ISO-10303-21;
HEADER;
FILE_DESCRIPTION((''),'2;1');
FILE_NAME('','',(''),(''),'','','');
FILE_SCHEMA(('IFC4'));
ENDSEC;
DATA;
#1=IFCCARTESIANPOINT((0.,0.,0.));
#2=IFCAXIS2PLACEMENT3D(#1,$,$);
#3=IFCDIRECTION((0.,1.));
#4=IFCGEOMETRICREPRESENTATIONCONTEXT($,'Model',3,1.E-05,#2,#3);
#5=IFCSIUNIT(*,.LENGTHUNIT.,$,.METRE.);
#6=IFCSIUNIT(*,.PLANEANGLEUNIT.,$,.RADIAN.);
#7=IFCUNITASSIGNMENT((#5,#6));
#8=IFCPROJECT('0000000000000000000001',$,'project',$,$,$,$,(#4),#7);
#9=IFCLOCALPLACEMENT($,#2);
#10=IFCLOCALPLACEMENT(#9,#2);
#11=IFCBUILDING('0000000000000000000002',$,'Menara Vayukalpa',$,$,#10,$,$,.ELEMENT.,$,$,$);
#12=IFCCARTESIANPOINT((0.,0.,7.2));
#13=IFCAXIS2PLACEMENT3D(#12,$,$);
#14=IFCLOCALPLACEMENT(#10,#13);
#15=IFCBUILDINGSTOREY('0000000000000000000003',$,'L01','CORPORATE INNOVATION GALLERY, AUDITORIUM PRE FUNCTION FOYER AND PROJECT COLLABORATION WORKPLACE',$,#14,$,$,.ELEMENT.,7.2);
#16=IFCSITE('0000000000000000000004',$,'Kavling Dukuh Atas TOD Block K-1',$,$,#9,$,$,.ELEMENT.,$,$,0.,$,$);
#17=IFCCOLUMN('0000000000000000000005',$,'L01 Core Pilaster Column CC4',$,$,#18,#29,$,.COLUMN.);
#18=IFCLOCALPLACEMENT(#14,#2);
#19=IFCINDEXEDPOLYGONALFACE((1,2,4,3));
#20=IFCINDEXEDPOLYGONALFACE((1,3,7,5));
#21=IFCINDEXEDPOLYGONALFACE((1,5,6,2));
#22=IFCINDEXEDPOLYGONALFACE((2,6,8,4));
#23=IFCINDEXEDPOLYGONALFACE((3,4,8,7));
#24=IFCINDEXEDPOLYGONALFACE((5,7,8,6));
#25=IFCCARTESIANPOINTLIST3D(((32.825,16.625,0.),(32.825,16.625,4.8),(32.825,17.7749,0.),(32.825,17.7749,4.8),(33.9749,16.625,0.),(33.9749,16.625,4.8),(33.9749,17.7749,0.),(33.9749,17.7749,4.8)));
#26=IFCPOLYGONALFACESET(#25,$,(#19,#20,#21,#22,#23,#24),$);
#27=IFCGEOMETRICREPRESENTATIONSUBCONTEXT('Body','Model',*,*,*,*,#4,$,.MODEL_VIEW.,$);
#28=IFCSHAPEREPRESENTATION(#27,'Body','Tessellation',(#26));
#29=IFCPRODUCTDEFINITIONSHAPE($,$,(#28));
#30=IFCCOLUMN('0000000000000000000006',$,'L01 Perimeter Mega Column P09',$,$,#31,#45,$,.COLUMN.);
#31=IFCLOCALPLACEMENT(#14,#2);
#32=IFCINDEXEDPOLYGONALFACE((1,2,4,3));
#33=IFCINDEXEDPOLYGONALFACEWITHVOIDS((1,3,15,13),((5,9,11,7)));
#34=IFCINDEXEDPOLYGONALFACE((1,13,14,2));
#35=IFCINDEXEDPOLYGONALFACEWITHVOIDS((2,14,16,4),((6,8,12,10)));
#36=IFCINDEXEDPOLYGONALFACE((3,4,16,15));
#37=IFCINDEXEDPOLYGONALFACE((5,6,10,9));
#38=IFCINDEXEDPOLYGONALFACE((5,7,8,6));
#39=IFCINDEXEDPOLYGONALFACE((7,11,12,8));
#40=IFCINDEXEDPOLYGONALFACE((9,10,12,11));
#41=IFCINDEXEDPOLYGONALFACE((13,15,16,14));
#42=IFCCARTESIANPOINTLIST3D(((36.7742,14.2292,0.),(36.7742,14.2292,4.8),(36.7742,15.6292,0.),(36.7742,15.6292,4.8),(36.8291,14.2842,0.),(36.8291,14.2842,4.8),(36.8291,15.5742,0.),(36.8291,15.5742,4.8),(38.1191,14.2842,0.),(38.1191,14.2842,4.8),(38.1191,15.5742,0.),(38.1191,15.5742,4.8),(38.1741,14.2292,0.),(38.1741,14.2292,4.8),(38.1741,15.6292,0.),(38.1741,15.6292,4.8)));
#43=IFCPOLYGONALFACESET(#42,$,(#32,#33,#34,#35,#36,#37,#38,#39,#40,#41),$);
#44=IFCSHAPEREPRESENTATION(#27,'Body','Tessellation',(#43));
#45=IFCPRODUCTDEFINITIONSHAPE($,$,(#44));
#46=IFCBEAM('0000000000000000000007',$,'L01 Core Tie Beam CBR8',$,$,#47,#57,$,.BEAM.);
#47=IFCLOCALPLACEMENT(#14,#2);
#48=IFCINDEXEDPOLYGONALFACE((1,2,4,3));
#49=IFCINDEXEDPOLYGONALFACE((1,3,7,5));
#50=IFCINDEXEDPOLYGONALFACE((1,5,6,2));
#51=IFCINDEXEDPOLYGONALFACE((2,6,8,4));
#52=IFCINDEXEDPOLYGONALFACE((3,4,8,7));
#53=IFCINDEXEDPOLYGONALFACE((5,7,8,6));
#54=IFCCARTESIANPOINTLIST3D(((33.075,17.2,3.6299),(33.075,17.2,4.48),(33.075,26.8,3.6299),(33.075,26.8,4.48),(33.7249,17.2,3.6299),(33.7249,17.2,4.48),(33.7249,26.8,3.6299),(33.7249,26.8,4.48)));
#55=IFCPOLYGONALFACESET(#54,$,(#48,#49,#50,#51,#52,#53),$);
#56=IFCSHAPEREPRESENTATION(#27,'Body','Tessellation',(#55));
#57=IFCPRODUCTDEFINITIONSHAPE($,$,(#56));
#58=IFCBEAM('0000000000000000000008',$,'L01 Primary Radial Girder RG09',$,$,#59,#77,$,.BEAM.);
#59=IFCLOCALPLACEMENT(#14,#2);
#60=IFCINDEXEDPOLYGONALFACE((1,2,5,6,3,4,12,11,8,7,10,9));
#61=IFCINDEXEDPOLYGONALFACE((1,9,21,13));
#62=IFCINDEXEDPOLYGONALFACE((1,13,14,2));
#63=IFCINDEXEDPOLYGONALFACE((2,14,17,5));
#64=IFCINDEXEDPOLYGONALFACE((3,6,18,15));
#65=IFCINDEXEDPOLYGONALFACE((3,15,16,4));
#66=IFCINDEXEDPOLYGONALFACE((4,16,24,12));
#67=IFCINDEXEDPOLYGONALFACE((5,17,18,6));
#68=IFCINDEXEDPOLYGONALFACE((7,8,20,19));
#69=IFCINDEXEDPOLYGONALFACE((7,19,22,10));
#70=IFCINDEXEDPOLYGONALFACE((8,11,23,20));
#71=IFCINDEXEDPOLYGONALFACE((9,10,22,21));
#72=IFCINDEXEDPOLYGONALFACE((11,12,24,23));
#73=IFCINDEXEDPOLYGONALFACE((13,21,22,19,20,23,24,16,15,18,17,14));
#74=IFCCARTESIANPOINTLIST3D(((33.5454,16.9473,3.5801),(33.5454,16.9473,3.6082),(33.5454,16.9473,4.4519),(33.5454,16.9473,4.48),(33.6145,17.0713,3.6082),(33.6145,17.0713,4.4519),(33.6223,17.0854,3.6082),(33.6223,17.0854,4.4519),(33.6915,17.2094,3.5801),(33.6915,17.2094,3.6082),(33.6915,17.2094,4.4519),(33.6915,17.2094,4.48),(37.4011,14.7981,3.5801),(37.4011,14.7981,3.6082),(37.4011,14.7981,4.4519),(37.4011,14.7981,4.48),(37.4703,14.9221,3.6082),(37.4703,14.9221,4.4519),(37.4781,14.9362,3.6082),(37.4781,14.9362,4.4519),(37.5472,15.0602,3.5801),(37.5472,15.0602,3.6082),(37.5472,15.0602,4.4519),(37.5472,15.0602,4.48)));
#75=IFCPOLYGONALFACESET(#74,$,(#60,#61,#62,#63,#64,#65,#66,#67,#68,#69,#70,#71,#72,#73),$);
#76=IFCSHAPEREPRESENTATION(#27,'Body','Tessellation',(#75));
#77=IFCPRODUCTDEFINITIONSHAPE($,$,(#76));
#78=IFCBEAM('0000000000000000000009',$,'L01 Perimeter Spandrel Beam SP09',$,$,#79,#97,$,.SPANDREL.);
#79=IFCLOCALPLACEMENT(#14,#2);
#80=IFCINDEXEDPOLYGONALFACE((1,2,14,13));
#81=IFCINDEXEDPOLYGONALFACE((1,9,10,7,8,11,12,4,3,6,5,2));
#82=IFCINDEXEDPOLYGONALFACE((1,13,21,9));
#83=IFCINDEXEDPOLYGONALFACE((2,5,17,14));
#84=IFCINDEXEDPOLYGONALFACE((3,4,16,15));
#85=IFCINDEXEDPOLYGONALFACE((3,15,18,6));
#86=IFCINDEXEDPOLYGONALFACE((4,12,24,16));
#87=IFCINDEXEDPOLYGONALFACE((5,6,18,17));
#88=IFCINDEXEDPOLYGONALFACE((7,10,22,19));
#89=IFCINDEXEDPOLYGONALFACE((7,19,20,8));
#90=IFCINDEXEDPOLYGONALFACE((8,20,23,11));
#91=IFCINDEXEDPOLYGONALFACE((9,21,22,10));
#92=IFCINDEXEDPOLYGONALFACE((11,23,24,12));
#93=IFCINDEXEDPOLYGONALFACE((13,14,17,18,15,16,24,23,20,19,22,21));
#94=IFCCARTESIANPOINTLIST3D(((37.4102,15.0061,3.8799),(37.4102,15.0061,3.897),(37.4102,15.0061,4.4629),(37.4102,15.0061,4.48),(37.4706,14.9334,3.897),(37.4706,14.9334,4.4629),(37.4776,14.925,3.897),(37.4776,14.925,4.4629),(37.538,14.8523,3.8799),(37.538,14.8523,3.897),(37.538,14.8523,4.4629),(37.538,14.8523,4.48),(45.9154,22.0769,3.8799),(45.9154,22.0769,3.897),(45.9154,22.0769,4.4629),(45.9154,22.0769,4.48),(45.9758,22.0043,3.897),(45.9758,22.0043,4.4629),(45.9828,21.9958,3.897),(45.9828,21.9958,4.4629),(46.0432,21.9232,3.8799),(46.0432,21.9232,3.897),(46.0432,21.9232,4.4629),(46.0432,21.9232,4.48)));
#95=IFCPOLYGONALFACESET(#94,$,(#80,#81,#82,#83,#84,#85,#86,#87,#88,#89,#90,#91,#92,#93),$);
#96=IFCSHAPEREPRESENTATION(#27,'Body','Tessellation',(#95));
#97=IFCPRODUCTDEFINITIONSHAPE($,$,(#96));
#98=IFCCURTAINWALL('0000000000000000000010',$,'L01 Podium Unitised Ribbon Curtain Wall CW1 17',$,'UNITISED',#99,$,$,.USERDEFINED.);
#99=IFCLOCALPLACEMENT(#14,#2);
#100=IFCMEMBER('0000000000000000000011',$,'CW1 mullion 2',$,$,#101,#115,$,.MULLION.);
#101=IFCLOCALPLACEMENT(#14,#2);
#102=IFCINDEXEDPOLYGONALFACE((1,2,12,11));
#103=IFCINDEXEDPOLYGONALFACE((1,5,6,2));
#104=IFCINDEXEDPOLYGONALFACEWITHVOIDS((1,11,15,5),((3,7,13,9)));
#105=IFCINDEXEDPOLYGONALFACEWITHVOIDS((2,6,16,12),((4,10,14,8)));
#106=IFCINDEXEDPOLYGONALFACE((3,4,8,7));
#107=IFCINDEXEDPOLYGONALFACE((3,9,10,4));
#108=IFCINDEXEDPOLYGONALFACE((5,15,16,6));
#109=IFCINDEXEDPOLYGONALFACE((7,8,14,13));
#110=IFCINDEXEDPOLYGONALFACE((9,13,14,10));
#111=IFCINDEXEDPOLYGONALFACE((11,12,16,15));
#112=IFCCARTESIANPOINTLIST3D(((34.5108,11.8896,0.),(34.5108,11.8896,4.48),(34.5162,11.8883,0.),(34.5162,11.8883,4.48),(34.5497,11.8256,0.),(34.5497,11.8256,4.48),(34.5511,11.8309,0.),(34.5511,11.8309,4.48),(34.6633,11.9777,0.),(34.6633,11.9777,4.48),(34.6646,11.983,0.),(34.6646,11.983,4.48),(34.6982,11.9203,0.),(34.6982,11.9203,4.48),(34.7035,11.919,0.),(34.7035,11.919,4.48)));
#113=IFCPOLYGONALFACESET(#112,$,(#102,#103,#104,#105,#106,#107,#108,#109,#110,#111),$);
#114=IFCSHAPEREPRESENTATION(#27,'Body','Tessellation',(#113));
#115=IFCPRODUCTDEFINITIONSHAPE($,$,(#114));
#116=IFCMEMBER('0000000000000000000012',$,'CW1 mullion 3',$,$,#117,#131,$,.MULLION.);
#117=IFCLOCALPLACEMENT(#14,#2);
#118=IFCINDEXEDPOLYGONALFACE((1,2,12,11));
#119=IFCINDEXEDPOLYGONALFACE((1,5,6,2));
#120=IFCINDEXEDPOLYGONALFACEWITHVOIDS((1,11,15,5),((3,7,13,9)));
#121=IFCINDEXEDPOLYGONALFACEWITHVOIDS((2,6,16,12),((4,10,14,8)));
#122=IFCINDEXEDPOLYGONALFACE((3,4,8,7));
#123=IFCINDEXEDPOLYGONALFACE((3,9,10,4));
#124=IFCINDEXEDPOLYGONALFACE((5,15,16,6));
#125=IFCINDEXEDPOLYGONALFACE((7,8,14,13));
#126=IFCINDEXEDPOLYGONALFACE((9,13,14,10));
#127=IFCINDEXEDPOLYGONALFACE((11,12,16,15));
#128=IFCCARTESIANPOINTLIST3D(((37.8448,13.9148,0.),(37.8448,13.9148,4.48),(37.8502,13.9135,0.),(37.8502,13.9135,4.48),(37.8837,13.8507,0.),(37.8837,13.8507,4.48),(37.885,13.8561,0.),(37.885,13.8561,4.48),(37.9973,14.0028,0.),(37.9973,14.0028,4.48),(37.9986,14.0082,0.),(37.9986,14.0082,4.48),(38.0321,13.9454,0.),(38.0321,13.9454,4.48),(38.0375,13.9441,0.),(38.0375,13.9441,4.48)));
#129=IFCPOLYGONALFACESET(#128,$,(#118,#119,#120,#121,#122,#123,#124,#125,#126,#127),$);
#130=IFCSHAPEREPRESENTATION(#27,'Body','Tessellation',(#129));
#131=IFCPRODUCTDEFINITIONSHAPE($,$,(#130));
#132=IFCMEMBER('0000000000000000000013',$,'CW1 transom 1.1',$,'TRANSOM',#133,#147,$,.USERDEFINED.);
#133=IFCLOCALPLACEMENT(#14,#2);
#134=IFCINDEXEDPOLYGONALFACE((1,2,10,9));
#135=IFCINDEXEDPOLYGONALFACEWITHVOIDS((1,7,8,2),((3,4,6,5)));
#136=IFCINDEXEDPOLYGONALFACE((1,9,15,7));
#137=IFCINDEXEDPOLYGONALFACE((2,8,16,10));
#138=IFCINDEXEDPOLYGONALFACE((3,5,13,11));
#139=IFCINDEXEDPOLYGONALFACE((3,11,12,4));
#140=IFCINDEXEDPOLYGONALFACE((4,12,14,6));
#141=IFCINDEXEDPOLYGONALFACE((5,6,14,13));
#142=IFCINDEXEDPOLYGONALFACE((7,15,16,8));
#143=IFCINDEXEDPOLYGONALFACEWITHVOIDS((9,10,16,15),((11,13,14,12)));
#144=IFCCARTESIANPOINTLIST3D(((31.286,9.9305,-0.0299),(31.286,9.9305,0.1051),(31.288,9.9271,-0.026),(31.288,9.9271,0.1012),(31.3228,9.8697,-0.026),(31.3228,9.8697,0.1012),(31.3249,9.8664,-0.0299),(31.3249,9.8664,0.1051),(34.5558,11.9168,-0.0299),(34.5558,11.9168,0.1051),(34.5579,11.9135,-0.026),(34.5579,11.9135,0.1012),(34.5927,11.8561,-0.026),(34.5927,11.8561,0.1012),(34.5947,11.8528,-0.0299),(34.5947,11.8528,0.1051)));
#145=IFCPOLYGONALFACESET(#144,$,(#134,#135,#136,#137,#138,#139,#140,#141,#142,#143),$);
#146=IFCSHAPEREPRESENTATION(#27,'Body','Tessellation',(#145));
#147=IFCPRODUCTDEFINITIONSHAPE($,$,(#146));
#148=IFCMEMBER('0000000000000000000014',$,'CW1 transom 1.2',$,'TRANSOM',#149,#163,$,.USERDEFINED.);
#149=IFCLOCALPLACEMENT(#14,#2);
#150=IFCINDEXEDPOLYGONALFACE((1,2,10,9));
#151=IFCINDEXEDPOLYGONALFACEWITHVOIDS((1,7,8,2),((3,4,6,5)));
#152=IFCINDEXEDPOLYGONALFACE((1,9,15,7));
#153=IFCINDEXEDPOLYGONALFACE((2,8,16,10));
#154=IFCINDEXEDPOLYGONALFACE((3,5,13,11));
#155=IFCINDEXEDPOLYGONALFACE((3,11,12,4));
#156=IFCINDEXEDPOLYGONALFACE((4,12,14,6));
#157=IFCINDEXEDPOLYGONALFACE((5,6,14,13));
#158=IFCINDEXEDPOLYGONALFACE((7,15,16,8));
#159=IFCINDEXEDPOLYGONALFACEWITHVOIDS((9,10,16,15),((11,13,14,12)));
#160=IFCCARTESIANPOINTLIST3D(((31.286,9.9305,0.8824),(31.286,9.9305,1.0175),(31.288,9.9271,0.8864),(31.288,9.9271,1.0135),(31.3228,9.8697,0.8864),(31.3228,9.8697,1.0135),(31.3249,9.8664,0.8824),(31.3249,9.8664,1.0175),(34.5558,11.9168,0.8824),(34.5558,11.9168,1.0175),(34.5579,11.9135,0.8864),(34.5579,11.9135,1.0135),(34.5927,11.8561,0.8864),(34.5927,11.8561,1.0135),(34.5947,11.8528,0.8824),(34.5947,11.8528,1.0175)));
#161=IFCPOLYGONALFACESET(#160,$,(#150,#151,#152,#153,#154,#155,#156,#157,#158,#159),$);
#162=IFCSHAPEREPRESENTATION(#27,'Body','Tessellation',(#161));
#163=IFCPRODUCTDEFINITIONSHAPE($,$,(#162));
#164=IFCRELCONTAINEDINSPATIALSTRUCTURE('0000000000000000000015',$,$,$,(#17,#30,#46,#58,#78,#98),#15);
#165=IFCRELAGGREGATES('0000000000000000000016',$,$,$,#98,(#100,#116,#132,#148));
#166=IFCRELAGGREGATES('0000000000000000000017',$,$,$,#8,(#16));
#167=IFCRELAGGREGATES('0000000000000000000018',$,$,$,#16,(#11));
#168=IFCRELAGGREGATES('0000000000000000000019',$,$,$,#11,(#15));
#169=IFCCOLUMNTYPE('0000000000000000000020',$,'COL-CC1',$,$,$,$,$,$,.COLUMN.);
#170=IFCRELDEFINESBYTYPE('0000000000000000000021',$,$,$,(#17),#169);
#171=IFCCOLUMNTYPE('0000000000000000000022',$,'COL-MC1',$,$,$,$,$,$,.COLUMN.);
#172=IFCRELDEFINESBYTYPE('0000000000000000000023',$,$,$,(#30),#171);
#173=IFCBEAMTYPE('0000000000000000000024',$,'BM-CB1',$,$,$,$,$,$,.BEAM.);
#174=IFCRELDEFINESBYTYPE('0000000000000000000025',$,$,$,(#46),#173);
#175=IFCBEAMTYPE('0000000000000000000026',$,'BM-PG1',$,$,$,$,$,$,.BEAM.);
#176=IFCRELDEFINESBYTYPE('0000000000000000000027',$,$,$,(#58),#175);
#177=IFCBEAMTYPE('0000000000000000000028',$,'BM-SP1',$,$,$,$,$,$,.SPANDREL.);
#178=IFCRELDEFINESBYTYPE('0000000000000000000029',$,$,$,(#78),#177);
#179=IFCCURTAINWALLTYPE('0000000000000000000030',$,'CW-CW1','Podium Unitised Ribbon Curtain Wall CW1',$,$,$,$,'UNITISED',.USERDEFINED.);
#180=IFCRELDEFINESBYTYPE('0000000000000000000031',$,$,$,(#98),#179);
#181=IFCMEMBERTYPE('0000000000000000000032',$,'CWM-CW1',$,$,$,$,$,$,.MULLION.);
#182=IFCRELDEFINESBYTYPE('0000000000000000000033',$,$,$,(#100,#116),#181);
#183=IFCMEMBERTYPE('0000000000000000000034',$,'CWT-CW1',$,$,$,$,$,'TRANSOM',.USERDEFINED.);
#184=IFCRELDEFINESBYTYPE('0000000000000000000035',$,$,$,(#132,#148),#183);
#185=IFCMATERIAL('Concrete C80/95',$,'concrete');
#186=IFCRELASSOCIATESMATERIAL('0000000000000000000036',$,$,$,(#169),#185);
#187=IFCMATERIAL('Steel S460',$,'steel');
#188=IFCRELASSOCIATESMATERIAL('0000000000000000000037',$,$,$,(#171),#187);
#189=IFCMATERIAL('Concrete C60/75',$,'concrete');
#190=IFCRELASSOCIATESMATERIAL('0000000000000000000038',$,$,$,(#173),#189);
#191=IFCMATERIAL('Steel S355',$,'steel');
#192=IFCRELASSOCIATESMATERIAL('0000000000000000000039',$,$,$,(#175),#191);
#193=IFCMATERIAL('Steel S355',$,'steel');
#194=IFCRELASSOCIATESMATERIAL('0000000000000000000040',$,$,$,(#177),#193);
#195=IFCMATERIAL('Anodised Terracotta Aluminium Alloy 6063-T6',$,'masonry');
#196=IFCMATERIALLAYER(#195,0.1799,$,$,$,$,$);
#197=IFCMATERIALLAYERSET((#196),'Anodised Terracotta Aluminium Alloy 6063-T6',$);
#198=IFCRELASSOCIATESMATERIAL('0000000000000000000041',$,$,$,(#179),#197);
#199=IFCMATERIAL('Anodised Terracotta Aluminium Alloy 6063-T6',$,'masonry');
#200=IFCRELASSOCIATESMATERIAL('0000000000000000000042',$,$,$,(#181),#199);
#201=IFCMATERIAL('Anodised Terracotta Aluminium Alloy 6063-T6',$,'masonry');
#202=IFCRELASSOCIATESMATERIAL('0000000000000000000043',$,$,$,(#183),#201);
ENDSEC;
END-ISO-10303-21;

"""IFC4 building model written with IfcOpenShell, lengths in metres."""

from ifc_helpers import new_model, si_unit, direction, frame, origin, origin_2d, place, context, subcontext, project, spatial, rectangle, hollow_rectangle, i_section, extrude, material, layer, layer_set, material_profile, profile_set, type_object, element, aggregate, save


model = new_model("IFC4")

# Units and contexts
model_context = context("Model", 3, precision=1e-05, world=origin(), true_north=direction((0.0, 1.0)))
body_context = subcontext(model_context, "Body", "Model", "MODEL_VIEW")
ifc_project = project(units=[si_unit("LENGTHUNIT", "METRE"), si_unit("PLANEANGLEUNIT", "RADIAN")], contexts=[model_context])

# Site, building, storey
site_placement = place(None, origin())
site = spatial("IfcSite", under=ifc_project, at=site_placement, Name="Kavling Dukuh Atas TOD Block K-1", CompositionType="ELEMENT", RefElevation=0.0)
building_placement = place(site_placement, origin())
building = spatial("IfcBuilding", under=site, at=building_placement, Name="Menara Vayukalpa", CompositionType="ELEMENT")
storey_placement = place(building_placement, frame((0.0, 0.0, 7.2)))
storey = spatial("IfcBuildingStorey", under=building, at=storey_placement, Name="L01", Description="CORPORATE INNOVATION GALLERY, AUDITORIUM PRE FUNCTION FOYER AND PROJECT COLLABORATION WORKPLACE", CompositionType="ELEMENT", Elevation=7.2)

# Columns
ifc_material_1 = material(Name="Concrete C80/95", Category="concrete")
ifc_material_profile_1 = material_profile(ifc_material_1, rectangle(XDim=1.1499, YDim=1.1499, at=origin_2d()), Name="RC 1150x1150")
ifc_profile_set_1 = profile_set([ifc_material_profile_1], Name="Concrete C80/95")
column_type_1 = type_object("IfcColumnType", Name="COL-CC1", PredefinedType="COLUMN", material=ifc_profile_set_1)
column_1_placement = place(storey_placement, frame((33.3999, 17.2, 0.0), z_axis=(0.0, 0.0, 1.0), x_axis=(1.0, 0.0, 0.0)))
element("IfcColumn", 1, at=column_1_placement, inside=storey, type_object=column_type_1, Name="L01 Core Pilaster Column CC4", PredefinedType="COLUMN", context=body_context, shape_type="SweptSolid", body=[
    extrude(rectangle(XDim=1.1499, YDim=1.1499, at=origin_2d()), origin(), (0.0, 0.0, 1.0), 4.8),
])
ifc_material_2 = material(Name="Steel S460", Category="steel")
ifc_material_profile_2 = material_profile(ifc_material_2, hollow_rectangle(XDim=1.3999, YDim=1.3999, WallThickness=0.0549, at=origin_2d()), Name="BOX 1400x1400x55")
ifc_profile_set_2 = profile_set([ifc_material_profile_2], Name="Steel S460")
column_type_2 = type_object("IfcColumnType", Name="COL-MC1", PredefinedType="COLUMN", material=ifc_profile_set_2)
column_2_placement = place(storey_placement, frame((37.4741, 14.9292, 0.0), z_axis=(0.0, 0.0, 1.0), x_axis=(1.0, 0.0, 0.0)))
element("IfcColumn", 2, at=column_2_placement, inside=storey, type_object=column_type_2, Name="L01 Perimeter Mega Column P09", PredefinedType="COLUMN", context=body_context, shape_type="SweptSolid", body=[
    extrude(hollow_rectangle(XDim=1.3999, YDim=1.3999, WallThickness=0.0549, at=origin_2d()), origin(), (0.0, 0.0, 1.0), 4.8),
])

# Beams
ifc_material_3 = material(Name="Concrete C60/75", Category="concrete")
ifc_material_profile_3 = material_profile(ifc_material_3, rectangle(XDim=0.6499, YDim=0.8501, at=origin_2d()), Name="RC 650x850")
ifc_profile_set_3 = profile_set([ifc_material_profile_3], Name="Concrete C60/75")
beam_type_1 = type_object("IfcBeamType", Name="BM-CB1", PredefinedType="BEAM", material=ifc_profile_set_3)
beam_1_placement = place(storey_placement, frame((33.3999, 17.2, 4.0549), z_axis=(0.0, 1.0, 0.0), x_axis=(-1.0, 0.0, 0.0)))
element("IfcBeam", 3, at=beam_1_placement, inside=storey, type_object=beam_type_1, Name="L01 Core Tie Beam CBR8", PredefinedType="BEAM", context=body_context, shape_type="SweptSolid", body=[
    extrude(rectangle(XDim=0.6499, YDim=0.8501, at=origin_2d()), origin(), (0.0, 0.0, 1.0), 9.6001),
])
ifc_material_4 = material(Name="Steel S355", Category="steel")
ifc_material_profile_4 = material_profile(ifc_material_4, i_section(OverallWidth=0.3, OverallDepth=0.8999, WebThickness=0.0161, FlangeThickness=0.0281, at=origin_2d()), Name="WF 900x300x16x28")
ifc_profile_set_4 = profile_set([ifc_material_profile_4], Name="Steel S355")
beam_type_2 = type_object("IfcBeamType", Name="BM-PG1", PredefinedType="BEAM", material=ifc_profile_set_4)
beam_2_placement = place(storey_placement, frame((33.6184, 17.0784, 4.03), z_axis=(0.873473, -0.486873, 0.0), x_axis=(0.486873, 0.873473, 0.0)))
element("IfcBeam", 4, at=beam_2_placement, inside=storey, type_object=beam_type_2, Name="L01 Primary Radial Girder RG09", PredefinedType="BEAM", context=body_context, shape_type="SweptSolid", body=[
    extrude(i_section(OverallWidth=0.3, OverallDepth=0.8999, WebThickness=0.0161, FlangeThickness=0.0281, at=origin_2d()), origin(), (0.0, 0.0, 1.0), 4.4143),
])
ifc_material_5 = material(Name="Steel S355", Category="steel")
ifc_material_profile_5 = material_profile(ifc_material_5, i_section(OverallWidth=0.2, OverallDepth=0.6001, WebThickness=0.011, FlangeThickness=0.0171, at=origin_2d()), Name="WF 600x200x11x17")
ifc_profile_set_5 = profile_set([ifc_material_profile_5], Name="Steel S355")
beam_type_3 = type_object("IfcBeamType", Name="BM-SP1", PredefinedType="SPANDREL", material=ifc_profile_set_5)
beam_3_placement = place(storey_placement, frame((37.4741, 14.9292, 4.1799), z_axis=(0.768968, 0.639287, 0.0), x_axis=(-0.639287, 0.768968, 0.0)))
element("IfcBeam", 5, at=beam_3_placement, inside=storey, type_object=beam_type_3, Name="L01 Perimeter Spandrel Beam SP09", PredefinedType="SPANDREL", context=body_context, shape_type="SweptSolid", body=[
    extrude(i_section(OverallWidth=0.2, OverallDepth=0.6001, WebThickness=0.011, FlangeThickness=0.0171, at=origin_2d()), origin(), (0.0, 0.0, 1.0), 11.0605),
])

# Curtain wall, members
ifc_material_6 = material(Name="Anodised Terracotta Aluminium Alloy 6063-T6", Category="masonry")
ifc_layer_1 = layer(ifc_material_6, 0.1799)
ifc_layer_set_1 = layer_set([ifc_layer_1], Name="Anodised Terracotta Aluminium Alloy 6063-T6")
curtain_wall_type = type_object("IfcCurtainWallType", Name="CW-CW1", Description="Podium Unitised Ribbon Curtain Wall CW1", ElementType="UNITISED", PredefinedType="USERDEFINED", material=ifc_layer_set_1)
curtain_wall_placement = place(storey_placement, origin())
curtain_wall = element("IfcCurtainWall", 6, at=curtain_wall_placement, inside=storey, type_object=curtain_wall_type, Name="L01 Podium Unitised Ribbon Curtain Wall CW1 17", ObjectType="UNITISED", PredefinedType="USERDEFINED")
ifc_material_7 = material(Name="Anodised Terracotta Aluminium Alloy 6063-T6", Category="masonry")
ifc_material_profile_6 = material_profile(ifc_material_7, hollow_rectangle(XDim=0.075, YDim=0.1799, WallThickness=0.0039, at=origin_2d()), Name="ALU 75x180x4")
ifc_profile_set_6 = profile_set([ifc_material_profile_6], Name="Anodised Terracotta Aluminium Alloy 6063-T6")
member_type_1 = type_object("IfcMemberType", Name="CWM-CW1", PredefinedType="MULLION", material=ifc_profile_set_6)
member_1_placement = place(storey_placement, frame((34.6072, 11.9043, 0.0), z_axis=(0.0, 0.0, 1.0), x_axis=(-0.51918, 0.854665, 0.0)))
member_1 = element("IfcMember", 7, at=member_1_placement, type_object=member_type_1, Name="CW1 mullion 2", PredefinedType="MULLION", context=body_context, shape_type="SweptSolid", body=[
    extrude(hollow_rectangle(XDim=0.075, YDim=0.1799, WallThickness=0.0039, at=origin_2d()), origin(), (0.0, 0.0, 1.0), 4.48),
])
member_2_placement = place(storey_placement, frame((37.9412, 13.9294, 0.0), z_axis=(0.0, 0.0, 1.0), x_axis=(-0.51918, 0.854665, 0.0)))
member_2 = element("IfcMember", 8, at=member_2_placement, type_object=member_type_1, Name="CW1 mullion 3", PredefinedType="MULLION", context=body_context, shape_type="SweptSolid", body=[
    extrude(hollow_rectangle(XDim=0.075, YDim=0.1799, WallThickness=0.0039, at=origin_2d()), origin(), (0.0, 0.0, 1.0), 4.48),
])
ifc_material_8 = material(Name="Anodised Terracotta Aluminium Alloy 6063-T6", Category="masonry")
ifc_material_profile_7 = material_profile(ifc_material_8, hollow_rectangle(XDim=0.075, YDim=0.135, WallThickness=0.0039, at=origin_2d()), Name="ALU 75x135x4")
ifc_profile_set_7 = profile_set([ifc_material_profile_7], Name="Anodised Terracotta Aluminium Alloy 6063-T6")
member_type_2 = type_object("IfcMemberType", Name="CWT-CW1", ElementType="TRANSOM", PredefinedType="USERDEFINED", material=ifc_profile_set_7)
member_3_placement = place(storey_placement, frame((31.3054, 9.8984, 0.0376), z_axis=(0.854659, 0.51919, 0.0), x_axis=(-0.51919, 0.854659, 0.0)))
member_3 = element("IfcMember", 9, at=member_3_placement, type_object=member_type_2, Name="CW1 transom 1.1", ObjectType="TRANSOM", PredefinedType="USERDEFINED", context=body_context, shape_type="SweptSolid", body=[
    extrude(hollow_rectangle(XDim=0.075, YDim=0.135, WallThickness=0.0039, at=origin_2d()), origin(), (0.0, 0.0, 1.0), 3.8259),
])
member_4_placement = place(storey_placement, frame((31.3054, 9.8984, 0.95), z_axis=(0.854659, 0.51919, 0.0), x_axis=(-0.51919, 0.854659, 0.0)))
member_4 = element("IfcMember", 10, at=member_4_placement, type_object=member_type_2, Name="CW1 transom 1.2", ObjectType="TRANSOM", PredefinedType="USERDEFINED", context=body_context, shape_type="SweptSolid", body=[
    extrude(hollow_rectangle(XDim=0.075, YDim=0.135, WallThickness=0.0039, at=origin_2d()), origin(), (0.0, 0.0, 1.0), 3.8259),
])
aggregate(curtain_wall, [member_1, member_2, member_3, member_4])

save(model, "model.ifc")
